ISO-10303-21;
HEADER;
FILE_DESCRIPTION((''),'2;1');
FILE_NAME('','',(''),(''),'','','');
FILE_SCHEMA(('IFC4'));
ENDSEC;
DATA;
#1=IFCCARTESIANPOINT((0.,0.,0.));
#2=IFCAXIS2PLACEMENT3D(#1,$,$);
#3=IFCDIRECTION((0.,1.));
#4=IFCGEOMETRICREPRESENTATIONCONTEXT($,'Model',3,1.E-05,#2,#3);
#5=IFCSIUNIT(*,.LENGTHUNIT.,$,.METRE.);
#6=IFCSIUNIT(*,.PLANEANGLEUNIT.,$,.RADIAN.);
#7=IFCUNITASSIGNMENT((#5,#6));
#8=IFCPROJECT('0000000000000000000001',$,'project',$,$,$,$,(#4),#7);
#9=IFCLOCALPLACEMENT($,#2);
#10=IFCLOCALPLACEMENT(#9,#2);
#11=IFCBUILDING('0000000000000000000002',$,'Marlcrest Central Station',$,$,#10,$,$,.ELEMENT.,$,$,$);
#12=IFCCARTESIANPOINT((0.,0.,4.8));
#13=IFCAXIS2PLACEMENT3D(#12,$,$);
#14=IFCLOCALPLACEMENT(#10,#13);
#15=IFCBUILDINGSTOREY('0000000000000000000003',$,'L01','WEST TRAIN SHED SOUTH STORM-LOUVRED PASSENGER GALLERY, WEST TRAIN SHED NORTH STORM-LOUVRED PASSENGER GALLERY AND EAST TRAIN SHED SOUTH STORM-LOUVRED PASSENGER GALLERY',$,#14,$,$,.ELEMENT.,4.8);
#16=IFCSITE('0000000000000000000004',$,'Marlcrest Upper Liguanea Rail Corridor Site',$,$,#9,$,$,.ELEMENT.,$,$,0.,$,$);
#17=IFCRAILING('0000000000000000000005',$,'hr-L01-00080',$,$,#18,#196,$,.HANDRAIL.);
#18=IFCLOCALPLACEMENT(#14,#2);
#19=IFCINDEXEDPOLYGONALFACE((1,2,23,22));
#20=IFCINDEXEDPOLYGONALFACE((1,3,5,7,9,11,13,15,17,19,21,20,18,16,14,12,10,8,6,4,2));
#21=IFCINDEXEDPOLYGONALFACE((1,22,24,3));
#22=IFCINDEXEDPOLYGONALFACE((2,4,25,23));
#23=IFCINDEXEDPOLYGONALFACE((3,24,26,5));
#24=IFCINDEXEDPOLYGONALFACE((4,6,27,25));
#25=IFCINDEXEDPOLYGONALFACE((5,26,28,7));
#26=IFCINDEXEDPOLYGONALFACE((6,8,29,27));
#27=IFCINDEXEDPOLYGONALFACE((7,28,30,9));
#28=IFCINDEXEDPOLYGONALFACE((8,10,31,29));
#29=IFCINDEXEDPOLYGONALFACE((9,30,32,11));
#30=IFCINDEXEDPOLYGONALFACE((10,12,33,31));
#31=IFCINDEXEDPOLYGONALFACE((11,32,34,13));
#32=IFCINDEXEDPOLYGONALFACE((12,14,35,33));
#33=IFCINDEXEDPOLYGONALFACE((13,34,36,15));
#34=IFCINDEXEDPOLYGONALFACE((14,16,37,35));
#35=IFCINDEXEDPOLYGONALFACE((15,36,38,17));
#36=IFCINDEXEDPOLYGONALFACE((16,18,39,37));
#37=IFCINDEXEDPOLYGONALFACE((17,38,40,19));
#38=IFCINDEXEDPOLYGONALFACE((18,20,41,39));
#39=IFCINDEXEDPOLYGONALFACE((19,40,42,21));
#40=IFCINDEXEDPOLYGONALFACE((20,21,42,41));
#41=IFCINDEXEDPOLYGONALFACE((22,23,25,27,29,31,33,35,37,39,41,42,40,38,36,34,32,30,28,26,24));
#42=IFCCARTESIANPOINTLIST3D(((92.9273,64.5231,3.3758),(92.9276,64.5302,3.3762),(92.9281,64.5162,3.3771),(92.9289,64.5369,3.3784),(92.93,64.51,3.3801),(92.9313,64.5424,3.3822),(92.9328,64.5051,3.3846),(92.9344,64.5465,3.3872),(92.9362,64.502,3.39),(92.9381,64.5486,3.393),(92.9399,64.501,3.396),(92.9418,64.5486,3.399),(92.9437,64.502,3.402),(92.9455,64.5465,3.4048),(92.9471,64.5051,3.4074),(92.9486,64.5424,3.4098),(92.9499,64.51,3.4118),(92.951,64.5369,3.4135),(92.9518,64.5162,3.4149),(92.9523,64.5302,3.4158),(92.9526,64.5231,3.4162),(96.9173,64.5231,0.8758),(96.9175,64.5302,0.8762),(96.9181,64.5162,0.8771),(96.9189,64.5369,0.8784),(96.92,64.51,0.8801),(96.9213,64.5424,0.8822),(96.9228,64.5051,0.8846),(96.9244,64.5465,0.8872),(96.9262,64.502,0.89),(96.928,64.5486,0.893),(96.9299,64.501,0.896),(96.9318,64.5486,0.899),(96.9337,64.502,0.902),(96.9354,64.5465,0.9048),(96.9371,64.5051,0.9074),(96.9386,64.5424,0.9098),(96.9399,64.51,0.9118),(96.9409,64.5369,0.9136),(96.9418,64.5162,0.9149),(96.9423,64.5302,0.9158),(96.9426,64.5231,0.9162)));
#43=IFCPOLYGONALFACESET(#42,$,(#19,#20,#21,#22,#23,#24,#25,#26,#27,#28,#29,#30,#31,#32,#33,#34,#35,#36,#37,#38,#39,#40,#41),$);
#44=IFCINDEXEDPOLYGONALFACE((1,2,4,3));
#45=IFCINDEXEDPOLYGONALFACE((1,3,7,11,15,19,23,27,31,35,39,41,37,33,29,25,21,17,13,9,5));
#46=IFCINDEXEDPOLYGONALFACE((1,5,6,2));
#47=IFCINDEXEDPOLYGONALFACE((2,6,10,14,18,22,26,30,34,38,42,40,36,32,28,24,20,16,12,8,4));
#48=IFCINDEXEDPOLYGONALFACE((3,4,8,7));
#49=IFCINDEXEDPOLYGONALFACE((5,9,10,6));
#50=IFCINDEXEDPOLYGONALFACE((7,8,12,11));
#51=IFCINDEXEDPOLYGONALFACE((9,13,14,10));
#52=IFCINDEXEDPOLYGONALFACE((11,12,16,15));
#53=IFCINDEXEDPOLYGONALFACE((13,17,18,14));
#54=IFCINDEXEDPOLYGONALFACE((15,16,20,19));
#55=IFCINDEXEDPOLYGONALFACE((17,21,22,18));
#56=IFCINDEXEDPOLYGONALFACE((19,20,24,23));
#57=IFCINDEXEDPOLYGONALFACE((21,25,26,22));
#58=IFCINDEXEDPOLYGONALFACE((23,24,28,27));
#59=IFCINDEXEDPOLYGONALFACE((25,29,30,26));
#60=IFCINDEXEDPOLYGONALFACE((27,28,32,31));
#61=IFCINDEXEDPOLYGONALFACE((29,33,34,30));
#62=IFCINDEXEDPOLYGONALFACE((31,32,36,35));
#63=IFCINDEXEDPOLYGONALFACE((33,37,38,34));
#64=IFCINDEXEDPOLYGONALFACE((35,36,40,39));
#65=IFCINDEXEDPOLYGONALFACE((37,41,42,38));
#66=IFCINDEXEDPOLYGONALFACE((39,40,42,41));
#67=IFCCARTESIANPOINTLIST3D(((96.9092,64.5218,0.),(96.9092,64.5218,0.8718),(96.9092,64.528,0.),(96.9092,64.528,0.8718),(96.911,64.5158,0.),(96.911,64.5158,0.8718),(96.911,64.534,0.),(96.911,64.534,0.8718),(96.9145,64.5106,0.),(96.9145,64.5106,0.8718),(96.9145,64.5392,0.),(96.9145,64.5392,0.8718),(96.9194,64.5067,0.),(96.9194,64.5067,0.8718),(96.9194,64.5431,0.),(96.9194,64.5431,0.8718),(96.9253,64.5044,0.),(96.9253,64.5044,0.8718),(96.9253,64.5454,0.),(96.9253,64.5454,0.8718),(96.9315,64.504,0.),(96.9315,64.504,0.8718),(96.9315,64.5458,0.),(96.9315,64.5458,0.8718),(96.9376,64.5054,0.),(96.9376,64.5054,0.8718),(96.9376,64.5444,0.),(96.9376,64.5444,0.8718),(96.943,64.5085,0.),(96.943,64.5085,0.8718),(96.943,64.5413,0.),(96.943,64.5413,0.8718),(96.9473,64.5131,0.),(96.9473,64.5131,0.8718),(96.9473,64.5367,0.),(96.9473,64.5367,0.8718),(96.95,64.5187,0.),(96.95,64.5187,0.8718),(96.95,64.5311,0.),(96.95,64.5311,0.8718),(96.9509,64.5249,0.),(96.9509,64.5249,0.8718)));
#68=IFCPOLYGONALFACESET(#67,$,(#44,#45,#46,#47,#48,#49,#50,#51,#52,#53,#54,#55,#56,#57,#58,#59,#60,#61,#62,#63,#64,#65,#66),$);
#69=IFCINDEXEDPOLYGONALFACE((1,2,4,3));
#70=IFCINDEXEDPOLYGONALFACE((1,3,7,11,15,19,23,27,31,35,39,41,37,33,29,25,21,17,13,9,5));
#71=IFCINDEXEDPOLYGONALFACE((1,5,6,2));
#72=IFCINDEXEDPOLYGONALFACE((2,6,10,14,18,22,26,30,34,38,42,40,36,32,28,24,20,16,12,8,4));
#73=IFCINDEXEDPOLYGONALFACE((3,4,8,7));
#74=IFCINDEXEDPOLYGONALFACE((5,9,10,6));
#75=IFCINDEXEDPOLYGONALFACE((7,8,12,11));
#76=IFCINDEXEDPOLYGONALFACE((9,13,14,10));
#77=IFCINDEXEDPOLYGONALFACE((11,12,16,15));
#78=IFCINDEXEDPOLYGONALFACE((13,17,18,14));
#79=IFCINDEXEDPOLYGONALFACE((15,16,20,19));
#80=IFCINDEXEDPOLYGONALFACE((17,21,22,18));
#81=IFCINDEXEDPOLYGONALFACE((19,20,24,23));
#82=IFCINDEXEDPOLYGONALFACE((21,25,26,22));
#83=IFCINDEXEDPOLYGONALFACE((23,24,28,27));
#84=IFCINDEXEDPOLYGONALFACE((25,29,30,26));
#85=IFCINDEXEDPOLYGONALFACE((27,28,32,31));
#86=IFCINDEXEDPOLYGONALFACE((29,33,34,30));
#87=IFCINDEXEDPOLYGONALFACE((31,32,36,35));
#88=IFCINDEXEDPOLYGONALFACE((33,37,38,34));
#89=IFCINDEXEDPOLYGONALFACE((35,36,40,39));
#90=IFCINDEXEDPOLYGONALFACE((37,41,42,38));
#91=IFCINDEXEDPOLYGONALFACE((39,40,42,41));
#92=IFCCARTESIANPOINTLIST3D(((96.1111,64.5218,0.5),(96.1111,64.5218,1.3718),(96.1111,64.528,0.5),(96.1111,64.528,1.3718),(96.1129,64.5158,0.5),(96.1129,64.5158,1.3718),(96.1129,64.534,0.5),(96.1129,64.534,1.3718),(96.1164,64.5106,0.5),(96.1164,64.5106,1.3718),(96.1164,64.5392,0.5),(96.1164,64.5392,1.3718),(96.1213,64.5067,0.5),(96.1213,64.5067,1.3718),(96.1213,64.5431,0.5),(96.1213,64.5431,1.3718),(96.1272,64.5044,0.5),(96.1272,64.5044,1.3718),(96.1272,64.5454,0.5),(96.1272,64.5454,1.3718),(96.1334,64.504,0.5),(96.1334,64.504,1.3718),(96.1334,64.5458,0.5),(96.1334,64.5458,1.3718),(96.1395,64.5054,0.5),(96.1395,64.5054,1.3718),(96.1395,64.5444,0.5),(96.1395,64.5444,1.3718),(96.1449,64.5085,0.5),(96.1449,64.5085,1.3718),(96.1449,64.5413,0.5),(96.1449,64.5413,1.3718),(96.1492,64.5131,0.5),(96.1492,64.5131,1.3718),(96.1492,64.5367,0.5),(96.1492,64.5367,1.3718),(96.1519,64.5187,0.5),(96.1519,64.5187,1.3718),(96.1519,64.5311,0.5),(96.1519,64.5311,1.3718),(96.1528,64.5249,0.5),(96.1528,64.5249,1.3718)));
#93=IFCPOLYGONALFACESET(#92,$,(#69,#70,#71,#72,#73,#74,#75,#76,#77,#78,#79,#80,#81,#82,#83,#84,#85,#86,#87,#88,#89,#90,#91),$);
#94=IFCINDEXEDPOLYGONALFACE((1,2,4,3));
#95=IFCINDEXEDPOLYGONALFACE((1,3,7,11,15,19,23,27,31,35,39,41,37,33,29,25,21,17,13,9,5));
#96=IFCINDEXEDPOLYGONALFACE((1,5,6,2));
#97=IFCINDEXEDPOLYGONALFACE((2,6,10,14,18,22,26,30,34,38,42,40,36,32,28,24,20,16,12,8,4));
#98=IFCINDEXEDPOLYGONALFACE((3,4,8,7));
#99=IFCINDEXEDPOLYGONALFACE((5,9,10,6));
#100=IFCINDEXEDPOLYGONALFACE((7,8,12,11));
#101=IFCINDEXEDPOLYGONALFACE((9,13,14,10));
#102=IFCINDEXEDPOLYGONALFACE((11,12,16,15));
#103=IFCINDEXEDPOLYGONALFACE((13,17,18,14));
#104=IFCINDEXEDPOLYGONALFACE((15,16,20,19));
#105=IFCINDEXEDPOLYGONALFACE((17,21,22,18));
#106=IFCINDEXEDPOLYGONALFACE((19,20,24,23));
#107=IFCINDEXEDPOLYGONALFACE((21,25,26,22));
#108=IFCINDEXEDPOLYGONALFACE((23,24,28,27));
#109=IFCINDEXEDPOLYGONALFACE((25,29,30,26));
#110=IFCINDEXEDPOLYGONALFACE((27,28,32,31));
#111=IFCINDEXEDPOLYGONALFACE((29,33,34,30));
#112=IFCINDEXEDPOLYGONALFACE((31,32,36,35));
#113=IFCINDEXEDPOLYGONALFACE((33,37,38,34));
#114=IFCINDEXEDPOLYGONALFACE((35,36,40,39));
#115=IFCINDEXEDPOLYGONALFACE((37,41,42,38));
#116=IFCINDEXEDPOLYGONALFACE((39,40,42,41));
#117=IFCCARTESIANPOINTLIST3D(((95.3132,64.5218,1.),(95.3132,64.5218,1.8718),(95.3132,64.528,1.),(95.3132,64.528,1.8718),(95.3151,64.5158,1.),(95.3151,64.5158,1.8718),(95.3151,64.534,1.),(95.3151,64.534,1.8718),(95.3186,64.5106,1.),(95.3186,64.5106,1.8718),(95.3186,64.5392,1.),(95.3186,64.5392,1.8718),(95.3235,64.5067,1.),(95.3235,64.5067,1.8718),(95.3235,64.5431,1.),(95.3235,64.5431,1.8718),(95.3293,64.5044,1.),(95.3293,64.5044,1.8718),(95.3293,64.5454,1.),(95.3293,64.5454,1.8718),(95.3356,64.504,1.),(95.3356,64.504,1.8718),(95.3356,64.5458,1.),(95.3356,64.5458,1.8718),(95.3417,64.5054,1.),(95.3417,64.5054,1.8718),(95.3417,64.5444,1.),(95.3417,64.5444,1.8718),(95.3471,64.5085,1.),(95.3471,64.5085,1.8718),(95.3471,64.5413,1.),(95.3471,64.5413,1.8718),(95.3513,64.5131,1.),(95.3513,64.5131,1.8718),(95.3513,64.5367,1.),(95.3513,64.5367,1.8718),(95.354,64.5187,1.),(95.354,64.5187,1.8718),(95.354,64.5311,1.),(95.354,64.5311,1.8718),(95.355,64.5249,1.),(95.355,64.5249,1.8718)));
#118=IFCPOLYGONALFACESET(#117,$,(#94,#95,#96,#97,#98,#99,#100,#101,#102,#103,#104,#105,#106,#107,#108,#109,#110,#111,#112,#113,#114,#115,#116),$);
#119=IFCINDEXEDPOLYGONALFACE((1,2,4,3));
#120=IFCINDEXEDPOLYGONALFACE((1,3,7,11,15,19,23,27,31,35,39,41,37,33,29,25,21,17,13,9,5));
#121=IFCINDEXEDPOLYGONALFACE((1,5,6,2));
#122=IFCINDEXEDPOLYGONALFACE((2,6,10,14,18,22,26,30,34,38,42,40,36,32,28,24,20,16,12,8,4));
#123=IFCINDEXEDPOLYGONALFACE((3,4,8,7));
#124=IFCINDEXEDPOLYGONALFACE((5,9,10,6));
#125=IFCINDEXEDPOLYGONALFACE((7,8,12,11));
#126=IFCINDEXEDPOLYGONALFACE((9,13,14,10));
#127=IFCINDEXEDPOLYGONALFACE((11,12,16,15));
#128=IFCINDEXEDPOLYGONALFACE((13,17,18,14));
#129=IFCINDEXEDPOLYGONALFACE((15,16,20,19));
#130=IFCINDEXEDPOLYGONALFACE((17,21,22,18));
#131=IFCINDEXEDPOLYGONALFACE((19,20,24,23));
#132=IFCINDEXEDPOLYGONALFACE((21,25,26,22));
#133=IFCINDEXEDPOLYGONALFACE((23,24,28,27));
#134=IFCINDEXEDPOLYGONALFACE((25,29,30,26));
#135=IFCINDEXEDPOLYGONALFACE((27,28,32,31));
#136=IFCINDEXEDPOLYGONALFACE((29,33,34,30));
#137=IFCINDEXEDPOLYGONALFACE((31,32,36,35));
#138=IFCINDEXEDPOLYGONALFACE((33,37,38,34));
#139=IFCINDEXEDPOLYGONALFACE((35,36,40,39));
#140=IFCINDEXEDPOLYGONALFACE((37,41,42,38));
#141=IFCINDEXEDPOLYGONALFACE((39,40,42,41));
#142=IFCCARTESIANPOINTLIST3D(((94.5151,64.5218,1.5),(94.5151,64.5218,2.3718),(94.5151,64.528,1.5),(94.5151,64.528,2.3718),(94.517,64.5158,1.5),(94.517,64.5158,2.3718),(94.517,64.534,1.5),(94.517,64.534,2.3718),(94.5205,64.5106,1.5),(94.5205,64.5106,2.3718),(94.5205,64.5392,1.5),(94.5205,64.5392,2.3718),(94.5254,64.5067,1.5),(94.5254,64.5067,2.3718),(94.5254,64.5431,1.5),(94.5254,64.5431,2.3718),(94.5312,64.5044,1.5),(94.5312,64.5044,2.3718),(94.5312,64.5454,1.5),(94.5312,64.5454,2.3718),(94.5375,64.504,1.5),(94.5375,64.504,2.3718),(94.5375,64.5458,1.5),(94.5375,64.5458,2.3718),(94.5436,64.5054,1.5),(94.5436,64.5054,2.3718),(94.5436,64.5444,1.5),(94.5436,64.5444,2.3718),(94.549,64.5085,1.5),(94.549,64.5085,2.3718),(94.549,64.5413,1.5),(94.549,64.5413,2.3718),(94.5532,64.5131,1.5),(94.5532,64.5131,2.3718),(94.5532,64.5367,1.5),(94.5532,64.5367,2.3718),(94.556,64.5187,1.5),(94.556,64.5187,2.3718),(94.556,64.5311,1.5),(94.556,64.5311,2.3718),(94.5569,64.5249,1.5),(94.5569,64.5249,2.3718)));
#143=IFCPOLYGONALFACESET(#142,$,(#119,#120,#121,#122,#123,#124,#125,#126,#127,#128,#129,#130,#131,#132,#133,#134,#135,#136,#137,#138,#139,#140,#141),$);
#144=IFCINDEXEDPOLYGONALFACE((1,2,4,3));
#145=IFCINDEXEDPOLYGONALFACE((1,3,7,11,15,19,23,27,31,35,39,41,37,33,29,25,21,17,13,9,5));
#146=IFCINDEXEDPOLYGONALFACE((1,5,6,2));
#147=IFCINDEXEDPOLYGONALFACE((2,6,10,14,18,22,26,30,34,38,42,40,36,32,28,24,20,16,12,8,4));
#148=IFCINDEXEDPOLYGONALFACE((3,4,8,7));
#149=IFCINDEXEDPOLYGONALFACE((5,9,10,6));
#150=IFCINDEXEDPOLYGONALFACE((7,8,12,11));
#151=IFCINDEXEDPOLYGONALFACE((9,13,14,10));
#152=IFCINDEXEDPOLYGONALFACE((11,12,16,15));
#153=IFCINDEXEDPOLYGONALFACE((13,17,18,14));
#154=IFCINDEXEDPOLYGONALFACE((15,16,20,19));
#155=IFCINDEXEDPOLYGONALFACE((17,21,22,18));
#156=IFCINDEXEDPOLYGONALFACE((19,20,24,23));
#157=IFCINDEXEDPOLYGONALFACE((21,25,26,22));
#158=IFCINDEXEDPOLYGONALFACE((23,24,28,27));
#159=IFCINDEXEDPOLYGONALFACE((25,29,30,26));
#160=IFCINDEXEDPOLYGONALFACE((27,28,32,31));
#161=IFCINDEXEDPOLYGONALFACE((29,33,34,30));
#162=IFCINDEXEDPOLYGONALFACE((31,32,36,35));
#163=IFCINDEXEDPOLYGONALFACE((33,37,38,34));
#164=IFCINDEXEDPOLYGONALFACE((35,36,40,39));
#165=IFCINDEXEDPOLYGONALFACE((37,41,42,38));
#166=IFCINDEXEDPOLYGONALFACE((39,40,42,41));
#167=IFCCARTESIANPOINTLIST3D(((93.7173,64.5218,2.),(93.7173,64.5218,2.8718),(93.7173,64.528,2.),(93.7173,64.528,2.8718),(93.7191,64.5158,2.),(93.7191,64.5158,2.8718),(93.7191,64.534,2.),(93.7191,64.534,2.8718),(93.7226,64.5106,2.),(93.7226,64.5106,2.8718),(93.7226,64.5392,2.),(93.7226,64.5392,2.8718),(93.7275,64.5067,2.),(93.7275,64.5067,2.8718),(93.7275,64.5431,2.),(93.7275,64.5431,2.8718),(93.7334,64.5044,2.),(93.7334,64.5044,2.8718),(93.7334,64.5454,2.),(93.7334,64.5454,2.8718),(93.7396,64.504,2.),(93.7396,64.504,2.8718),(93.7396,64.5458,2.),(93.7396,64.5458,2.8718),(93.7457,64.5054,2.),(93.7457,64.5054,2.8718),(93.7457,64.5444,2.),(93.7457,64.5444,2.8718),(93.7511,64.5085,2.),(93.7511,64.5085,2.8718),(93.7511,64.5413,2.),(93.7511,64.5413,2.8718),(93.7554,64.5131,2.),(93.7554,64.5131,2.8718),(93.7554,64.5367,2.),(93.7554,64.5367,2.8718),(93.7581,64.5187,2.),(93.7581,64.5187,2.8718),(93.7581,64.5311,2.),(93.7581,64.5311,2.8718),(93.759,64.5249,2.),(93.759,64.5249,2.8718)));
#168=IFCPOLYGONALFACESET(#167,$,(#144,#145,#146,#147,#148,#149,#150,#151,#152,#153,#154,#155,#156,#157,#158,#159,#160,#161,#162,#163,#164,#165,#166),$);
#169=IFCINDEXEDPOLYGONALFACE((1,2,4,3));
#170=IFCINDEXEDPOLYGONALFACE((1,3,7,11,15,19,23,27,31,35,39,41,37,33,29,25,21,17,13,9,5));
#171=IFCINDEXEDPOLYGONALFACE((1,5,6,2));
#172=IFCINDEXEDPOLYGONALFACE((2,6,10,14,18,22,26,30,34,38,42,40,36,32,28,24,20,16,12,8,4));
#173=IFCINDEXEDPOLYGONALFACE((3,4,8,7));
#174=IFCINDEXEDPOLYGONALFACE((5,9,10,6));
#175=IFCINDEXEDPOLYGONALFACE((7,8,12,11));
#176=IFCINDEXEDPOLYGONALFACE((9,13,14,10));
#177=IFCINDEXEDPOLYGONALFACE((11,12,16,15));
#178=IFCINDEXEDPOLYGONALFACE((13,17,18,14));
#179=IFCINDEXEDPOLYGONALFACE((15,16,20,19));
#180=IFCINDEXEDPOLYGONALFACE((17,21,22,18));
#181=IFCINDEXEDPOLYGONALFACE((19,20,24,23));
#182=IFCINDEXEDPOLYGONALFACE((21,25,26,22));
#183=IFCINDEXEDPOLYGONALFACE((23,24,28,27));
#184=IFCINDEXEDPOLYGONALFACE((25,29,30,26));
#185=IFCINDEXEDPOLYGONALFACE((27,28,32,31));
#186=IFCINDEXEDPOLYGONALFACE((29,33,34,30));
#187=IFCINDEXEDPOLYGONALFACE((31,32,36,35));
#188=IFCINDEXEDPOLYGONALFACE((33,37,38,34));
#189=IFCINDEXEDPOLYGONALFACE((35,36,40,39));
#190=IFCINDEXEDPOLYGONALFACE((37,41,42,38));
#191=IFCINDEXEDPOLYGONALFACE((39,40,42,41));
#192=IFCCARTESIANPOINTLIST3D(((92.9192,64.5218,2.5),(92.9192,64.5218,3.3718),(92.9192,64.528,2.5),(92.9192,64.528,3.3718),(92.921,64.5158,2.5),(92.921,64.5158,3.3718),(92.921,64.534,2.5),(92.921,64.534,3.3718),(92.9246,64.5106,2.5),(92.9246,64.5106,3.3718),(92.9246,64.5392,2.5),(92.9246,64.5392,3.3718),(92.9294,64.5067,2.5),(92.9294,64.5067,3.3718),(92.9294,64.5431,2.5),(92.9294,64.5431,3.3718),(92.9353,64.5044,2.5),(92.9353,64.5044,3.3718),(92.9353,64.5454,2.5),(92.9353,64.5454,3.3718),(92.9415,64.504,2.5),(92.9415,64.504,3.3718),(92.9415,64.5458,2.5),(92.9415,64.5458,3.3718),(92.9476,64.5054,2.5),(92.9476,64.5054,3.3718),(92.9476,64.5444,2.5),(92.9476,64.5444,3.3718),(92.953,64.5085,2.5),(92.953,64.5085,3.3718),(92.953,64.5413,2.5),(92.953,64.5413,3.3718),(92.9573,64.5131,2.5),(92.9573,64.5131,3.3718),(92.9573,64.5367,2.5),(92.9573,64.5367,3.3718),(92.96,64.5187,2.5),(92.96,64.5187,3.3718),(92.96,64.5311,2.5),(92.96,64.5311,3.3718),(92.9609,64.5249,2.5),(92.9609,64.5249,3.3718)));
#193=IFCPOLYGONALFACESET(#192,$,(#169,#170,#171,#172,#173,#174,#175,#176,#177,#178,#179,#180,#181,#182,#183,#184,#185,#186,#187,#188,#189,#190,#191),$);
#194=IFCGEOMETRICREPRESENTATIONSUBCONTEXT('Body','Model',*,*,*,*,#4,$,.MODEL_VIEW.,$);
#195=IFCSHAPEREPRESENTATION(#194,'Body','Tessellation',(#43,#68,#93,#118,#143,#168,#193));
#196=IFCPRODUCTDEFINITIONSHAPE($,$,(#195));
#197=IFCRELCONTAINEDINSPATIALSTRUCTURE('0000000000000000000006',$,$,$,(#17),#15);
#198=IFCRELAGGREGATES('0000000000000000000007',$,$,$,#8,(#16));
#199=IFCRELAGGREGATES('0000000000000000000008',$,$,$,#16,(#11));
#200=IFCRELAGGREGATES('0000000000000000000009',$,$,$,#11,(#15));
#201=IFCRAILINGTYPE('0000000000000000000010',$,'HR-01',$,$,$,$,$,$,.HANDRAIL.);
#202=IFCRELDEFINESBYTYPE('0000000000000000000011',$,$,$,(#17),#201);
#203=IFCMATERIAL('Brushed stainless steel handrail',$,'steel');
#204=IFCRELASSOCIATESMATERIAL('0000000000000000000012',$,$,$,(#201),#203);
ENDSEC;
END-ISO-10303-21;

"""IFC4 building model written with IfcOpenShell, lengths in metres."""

from ifc_helpers import new_model, si_unit, direction, frame, origin, origin_2d, place, context, subcontext, project, spatial, circle, extrude, material, type_object, element, save


model = new_model("IFC4")

# Units and contexts
model_context = context("Model", 3, precision=1e-05, world=origin(), true_north=direction((0.0, 1.0)))
body_context = subcontext(model_context, "Body", "Model", "MODEL_VIEW")
ifc_project = project(units=[si_unit("LENGTHUNIT", "METRE"), si_unit("PLANEANGLEUNIT", "RADIAN")], contexts=[model_context])

# Site, building, storey
site_placement = place(None, origin())
site = spatial("IfcSite", under=ifc_project, at=site_placement, Name="Marlcrest Upper Liguanea Rail Corridor Site", CompositionType="ELEMENT", RefElevation=0.0)
building_placement = place(site_placement, origin())
building = spatial("IfcBuilding", under=site, at=building_placement, Name="Marlcrest Central Station", CompositionType="ELEMENT")
storey_placement = place(building_placement, frame((0.0, 0.0, 4.8)))
storey = spatial("IfcBuildingStorey", under=building, at=storey_placement, Name="L01", Description="WEST TRAIN SHED SOUTH STORM-LOUVRED PASSENGER GALLERY, WEST TRAIN SHED NORTH STORM-LOUVRED PASSENGER GALLERY AND EAST TRAIN SHED SOUTH STORM-LOUVRED PASSENGER GALLERY", CompositionType="ELEMENT", Elevation=4.8)

# Railing
ifc_material_1 = material(Name="Brushed stainless steel handrail", Category="steel")
railing_type_1 = type_object("IfcRailingType", Name="HR-01", PredefinedType="HANDRAIL", material=ifc_material_1)
railing_1_placement = place(storey_placement, frame((96.9299, 64.5249, 0.0)))
element("IfcRailing", 1, at=railing_1_placement, inside=storey, type_object=railing_type_1, Name="hr-L01-00080", PredefinedType="HANDRAIL", context=body_context, shape_type="SweptSolid", body=[
    extrude(circle(Radius=0.0239, at=origin_2d()), frame((0.0, 0.0, 0.896), z_axis=(-0.847401, 0.0, 0.530954), x_axis=(0.0, -1.0, 0.0)), (0.0, 0.0, 1.0), 4.7085),
    extrude(circle(Radius=0.021, at=origin_2d()), origin(), (0.0, 0.0, 1.0), 0.8718),
    extrude(circle(Radius=0.021, at=origin_2d()), frame((-0.7981, 0.0, 0.5)), (0.0, 0.0, 1.0), 0.8718),
    extrude(circle(Radius=0.021, at=origin_2d()), frame((-1.5959, 0.0, 1.0)), (0.0, 0.0, 1.0), 0.8718),
    extrude(circle(Radius=0.021, at=origin_2d()), frame((-2.394, 0.0, 1.5)), (0.0, 0.0, 1.0), 0.8718),
    extrude(circle(Radius=0.021, at=origin_2d()), frame((-3.1919, 0.0, 2.0)), (0.0, 0.0, 1.0), 0.8718),
    extrude(circle(Radius=0.021, at=origin_2d()), frame((-3.99, 0.0, 2.5)), (0.0, 0.0, 1.0), 0.8718),
])

save(model, "model.ifc")
